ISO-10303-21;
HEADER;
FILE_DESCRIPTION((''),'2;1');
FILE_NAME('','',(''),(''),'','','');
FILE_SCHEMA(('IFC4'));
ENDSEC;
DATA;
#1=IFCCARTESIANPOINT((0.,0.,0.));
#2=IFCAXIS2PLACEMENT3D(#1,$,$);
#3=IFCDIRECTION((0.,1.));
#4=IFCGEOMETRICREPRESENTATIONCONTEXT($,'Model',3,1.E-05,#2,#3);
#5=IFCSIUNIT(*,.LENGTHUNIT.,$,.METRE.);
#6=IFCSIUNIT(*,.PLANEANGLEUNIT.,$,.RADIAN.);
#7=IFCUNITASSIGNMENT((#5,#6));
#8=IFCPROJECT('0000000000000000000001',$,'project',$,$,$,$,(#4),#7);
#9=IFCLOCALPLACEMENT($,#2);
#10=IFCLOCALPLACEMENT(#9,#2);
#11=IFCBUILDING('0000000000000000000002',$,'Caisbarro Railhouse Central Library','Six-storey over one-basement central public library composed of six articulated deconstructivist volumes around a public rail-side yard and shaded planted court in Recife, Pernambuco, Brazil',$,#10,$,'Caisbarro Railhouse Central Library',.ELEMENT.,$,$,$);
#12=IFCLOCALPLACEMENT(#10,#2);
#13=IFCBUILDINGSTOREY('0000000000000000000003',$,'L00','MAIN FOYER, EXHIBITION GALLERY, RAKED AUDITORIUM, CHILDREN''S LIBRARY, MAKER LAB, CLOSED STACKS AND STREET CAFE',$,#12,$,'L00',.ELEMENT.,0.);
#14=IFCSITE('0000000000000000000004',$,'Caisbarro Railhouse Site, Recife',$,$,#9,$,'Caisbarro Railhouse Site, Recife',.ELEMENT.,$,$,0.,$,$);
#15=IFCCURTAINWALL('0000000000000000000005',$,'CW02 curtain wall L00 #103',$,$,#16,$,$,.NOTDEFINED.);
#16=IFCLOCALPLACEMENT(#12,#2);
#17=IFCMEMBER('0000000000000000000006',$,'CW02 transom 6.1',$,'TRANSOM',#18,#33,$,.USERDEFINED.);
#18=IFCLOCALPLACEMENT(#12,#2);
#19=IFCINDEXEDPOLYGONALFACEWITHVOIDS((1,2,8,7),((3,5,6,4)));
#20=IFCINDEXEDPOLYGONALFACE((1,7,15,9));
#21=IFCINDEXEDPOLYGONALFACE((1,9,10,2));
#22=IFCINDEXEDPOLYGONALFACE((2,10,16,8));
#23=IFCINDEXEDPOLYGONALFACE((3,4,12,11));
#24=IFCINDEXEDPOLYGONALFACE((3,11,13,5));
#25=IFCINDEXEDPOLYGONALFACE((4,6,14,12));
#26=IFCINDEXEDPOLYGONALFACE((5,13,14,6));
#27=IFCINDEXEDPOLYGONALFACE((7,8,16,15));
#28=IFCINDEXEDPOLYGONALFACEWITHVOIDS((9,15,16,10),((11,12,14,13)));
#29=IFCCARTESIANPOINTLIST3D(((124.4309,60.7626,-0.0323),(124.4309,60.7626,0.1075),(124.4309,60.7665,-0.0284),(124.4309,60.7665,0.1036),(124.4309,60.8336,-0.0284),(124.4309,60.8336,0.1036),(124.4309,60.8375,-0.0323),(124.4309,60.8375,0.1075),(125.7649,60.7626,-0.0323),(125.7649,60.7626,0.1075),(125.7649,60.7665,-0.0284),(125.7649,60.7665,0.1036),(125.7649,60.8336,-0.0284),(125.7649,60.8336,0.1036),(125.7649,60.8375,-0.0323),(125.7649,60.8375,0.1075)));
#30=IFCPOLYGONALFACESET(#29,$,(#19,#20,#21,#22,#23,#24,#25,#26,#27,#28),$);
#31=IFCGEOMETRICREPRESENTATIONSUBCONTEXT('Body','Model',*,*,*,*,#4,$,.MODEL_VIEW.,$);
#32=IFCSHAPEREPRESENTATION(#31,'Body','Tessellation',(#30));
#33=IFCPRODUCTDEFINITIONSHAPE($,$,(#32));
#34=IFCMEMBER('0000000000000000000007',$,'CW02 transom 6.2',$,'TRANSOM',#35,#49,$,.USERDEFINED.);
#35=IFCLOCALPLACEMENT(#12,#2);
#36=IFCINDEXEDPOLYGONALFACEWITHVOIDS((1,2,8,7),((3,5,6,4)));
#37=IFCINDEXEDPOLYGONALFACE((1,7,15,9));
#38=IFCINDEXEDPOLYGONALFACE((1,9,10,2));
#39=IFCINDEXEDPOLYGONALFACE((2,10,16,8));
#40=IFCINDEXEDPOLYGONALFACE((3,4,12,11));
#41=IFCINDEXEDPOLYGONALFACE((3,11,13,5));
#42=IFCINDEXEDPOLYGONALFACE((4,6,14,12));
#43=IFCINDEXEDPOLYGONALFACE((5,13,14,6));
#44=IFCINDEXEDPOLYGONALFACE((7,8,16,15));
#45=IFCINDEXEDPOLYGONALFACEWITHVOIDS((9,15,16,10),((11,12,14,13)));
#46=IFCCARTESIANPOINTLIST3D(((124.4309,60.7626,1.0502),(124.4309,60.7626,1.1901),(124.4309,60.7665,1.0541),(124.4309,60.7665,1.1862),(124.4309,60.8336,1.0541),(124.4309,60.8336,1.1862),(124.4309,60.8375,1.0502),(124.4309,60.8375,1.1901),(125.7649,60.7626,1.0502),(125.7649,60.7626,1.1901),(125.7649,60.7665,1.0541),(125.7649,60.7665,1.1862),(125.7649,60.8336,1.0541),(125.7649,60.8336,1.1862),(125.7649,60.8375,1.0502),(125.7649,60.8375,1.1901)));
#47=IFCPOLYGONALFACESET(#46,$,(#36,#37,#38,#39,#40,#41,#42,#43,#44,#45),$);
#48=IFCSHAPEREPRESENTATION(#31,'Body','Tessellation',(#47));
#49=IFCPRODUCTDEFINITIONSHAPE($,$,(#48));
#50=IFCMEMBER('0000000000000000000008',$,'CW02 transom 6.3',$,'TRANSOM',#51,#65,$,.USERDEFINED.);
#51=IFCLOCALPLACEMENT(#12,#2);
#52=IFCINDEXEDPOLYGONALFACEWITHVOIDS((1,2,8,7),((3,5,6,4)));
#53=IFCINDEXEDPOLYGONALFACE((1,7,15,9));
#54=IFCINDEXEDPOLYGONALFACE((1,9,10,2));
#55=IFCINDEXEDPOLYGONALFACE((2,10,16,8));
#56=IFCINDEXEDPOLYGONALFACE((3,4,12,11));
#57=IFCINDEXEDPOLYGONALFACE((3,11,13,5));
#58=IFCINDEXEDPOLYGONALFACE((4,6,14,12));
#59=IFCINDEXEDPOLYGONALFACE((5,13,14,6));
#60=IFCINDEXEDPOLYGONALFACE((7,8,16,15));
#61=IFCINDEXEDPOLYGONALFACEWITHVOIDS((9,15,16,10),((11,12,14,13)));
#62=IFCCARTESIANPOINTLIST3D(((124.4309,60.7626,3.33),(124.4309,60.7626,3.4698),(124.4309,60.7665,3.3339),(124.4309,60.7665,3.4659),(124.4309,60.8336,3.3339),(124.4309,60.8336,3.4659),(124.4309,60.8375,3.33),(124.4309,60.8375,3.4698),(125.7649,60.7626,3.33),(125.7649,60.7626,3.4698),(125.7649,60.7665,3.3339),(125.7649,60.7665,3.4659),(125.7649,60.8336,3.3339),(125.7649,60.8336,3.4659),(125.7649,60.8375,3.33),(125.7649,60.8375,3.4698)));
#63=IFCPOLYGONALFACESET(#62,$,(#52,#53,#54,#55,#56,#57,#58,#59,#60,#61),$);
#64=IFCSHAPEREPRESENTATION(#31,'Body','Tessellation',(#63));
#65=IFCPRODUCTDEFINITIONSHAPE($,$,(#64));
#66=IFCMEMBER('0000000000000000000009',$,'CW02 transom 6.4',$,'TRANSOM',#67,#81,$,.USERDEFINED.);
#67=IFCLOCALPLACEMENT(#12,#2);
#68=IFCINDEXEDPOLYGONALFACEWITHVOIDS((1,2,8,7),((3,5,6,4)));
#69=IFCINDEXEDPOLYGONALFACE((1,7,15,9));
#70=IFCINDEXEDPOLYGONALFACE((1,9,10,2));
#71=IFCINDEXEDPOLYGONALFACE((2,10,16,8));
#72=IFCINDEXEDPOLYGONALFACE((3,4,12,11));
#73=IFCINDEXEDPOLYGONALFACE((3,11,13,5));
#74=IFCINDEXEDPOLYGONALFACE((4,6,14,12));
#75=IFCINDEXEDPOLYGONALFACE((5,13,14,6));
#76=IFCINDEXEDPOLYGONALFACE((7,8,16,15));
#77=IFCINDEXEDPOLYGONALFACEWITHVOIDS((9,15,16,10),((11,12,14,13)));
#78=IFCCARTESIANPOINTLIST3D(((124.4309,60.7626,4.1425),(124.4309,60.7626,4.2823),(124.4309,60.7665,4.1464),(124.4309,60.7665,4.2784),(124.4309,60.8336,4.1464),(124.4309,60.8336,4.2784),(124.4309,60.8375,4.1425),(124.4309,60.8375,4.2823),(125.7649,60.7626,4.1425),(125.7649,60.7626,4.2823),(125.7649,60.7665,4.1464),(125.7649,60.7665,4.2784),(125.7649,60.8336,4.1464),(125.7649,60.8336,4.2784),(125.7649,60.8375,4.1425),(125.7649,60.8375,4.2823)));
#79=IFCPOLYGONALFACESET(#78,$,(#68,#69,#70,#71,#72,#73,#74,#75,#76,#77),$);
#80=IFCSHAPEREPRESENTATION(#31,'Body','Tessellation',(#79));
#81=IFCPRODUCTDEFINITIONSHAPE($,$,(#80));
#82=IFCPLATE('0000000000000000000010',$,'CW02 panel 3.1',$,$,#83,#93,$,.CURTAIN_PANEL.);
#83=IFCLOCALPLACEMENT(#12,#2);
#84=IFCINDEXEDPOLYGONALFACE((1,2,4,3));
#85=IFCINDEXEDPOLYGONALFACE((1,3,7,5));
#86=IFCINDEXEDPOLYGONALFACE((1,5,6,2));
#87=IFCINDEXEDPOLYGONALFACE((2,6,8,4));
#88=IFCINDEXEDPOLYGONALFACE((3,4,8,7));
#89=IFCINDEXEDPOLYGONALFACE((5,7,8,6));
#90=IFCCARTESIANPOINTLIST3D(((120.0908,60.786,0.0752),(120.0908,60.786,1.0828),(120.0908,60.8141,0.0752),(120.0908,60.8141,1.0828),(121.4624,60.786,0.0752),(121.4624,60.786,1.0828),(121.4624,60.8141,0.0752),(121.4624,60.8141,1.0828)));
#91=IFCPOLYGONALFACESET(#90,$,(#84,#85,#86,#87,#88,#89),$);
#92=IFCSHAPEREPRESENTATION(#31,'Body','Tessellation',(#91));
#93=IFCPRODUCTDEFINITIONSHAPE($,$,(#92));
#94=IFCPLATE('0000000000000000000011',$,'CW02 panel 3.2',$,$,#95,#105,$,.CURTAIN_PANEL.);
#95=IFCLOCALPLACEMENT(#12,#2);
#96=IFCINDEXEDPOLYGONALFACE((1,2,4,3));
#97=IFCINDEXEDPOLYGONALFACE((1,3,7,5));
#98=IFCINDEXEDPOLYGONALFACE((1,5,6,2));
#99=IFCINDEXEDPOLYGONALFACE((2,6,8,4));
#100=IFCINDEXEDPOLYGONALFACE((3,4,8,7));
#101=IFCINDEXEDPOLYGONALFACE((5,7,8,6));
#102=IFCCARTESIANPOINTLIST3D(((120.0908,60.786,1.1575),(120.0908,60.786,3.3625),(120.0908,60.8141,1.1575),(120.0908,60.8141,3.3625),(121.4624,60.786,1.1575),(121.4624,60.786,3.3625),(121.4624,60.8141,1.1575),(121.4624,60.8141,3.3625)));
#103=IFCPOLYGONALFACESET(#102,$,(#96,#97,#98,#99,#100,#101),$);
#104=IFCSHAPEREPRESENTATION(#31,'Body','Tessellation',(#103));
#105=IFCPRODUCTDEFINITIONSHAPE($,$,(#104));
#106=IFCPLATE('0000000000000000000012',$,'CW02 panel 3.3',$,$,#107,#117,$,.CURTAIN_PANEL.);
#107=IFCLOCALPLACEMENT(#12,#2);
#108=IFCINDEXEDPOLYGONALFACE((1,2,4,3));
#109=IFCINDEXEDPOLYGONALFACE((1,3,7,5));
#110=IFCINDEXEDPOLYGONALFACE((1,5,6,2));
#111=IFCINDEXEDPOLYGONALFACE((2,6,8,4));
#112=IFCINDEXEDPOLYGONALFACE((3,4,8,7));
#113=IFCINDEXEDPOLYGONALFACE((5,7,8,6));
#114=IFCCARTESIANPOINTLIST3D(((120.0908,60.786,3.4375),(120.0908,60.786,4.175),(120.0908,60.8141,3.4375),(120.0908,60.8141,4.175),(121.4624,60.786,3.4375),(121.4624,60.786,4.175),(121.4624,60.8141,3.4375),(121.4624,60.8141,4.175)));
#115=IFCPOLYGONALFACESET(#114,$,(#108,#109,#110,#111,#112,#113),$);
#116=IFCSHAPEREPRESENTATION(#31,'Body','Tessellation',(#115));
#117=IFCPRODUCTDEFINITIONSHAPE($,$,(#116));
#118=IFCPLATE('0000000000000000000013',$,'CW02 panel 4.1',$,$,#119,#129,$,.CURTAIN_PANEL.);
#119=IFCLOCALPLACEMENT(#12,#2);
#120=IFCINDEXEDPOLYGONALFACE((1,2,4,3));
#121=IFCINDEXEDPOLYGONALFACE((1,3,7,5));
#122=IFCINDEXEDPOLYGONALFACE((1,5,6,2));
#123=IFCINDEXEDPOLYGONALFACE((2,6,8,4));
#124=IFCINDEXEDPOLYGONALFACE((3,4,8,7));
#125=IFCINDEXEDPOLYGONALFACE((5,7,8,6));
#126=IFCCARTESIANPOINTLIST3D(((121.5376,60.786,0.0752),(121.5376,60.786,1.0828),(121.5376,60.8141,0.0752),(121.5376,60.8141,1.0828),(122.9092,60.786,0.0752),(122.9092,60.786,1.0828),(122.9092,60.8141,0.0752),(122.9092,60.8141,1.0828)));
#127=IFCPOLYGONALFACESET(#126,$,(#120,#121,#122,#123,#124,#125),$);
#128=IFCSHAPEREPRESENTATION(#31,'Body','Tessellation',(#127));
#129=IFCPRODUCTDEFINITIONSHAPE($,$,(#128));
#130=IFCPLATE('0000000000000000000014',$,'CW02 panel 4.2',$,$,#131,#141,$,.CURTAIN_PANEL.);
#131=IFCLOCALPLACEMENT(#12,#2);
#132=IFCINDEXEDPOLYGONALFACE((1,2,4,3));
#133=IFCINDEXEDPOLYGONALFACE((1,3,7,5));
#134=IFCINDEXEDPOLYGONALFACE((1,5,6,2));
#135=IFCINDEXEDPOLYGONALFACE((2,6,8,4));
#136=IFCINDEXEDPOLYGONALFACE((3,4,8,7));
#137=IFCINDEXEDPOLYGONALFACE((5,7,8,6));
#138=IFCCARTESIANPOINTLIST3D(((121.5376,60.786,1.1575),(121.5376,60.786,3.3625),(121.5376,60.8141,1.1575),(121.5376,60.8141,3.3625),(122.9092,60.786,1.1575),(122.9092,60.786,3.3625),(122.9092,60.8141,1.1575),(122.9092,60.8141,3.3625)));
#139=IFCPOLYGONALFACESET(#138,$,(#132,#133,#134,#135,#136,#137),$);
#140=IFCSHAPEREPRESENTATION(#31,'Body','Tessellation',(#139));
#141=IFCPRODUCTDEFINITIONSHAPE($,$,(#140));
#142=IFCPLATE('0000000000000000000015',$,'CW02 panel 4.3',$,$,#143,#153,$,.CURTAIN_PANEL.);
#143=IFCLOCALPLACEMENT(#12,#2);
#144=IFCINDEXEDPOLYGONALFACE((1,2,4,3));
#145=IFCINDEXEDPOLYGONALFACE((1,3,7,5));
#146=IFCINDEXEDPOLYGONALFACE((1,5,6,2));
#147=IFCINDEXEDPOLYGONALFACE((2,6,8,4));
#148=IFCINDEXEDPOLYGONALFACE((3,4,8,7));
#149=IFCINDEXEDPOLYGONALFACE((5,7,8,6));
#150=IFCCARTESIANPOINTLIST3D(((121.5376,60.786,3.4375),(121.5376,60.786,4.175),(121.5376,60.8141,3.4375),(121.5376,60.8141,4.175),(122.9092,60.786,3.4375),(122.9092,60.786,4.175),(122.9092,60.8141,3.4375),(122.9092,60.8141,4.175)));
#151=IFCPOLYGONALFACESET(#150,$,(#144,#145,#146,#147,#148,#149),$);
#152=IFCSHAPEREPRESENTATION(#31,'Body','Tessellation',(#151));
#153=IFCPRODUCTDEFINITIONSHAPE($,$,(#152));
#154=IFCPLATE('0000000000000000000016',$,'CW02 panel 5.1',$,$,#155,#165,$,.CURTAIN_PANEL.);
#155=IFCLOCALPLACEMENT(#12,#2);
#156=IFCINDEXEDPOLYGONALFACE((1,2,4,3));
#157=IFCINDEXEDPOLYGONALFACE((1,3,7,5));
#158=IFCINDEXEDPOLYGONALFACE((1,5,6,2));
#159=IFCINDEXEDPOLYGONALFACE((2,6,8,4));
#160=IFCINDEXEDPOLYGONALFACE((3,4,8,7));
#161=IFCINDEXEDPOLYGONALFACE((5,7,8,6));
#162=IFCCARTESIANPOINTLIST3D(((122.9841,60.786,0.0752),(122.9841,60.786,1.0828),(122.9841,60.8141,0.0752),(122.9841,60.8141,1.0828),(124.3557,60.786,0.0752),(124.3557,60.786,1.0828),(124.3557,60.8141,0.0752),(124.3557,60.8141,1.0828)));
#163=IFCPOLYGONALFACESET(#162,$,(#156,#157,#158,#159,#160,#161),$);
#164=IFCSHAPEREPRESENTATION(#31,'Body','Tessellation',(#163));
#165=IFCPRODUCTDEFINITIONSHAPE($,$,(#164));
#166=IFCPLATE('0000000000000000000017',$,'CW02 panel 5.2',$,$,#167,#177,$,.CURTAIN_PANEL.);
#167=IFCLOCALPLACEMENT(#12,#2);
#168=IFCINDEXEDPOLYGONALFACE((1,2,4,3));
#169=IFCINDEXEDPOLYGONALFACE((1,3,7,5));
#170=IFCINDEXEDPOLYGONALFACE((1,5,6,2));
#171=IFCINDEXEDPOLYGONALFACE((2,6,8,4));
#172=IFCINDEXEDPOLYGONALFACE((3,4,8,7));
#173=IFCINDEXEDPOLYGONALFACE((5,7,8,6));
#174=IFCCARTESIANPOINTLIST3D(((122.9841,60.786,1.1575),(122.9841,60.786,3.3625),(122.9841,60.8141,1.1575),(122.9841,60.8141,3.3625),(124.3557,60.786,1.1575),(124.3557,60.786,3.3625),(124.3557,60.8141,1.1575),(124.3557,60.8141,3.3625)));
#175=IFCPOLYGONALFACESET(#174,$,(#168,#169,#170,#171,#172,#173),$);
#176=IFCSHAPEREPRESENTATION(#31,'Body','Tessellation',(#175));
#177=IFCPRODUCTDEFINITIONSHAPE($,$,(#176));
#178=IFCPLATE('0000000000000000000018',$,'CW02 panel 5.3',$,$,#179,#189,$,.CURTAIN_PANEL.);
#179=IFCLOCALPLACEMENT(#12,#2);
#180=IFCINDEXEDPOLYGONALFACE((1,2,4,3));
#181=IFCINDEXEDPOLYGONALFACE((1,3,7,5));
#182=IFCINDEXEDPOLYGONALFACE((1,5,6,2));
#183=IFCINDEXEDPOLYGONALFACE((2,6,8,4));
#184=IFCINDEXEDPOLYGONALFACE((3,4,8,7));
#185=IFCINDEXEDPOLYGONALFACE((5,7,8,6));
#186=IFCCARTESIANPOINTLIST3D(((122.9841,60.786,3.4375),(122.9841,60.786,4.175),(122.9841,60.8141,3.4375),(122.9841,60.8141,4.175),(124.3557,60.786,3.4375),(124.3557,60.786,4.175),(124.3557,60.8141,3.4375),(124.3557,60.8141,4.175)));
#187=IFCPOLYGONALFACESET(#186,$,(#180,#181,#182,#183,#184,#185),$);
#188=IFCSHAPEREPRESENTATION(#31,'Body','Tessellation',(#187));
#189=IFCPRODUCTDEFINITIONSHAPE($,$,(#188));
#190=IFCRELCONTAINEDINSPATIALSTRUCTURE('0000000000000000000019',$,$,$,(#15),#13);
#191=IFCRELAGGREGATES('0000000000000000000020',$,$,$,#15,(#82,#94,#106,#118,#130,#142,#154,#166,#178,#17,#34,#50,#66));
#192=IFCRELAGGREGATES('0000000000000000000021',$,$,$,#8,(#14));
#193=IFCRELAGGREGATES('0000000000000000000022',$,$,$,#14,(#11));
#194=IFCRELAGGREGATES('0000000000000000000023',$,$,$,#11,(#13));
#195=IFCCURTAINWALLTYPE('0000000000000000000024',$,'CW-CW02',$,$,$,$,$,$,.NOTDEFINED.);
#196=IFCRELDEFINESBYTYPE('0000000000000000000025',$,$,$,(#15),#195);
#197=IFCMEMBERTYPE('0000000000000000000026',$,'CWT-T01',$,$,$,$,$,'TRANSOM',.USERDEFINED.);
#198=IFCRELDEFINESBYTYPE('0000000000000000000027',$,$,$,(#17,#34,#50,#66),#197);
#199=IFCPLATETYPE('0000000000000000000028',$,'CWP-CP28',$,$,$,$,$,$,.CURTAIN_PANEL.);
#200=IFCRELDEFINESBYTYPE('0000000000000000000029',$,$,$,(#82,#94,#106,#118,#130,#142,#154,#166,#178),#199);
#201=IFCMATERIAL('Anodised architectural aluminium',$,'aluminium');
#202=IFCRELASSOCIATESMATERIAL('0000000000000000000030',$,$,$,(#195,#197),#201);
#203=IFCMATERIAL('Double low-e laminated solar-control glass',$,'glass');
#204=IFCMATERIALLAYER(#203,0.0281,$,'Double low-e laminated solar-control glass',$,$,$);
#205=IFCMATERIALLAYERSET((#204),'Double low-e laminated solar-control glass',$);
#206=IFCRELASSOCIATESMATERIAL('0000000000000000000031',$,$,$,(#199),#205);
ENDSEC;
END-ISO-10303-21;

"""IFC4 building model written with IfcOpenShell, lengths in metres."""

from ifc_helpers import new_model, si_unit, direction, frame, origin, origin_2d, place, context, subcontext, project, spatial, rectangle, hollow_rectangle, extrude, material, layer, layer_set, material_profile, profile_set, type_object, element, aggregate, save


model = new_model("IFC4")

# Units and contexts
model_context = context("Model", 3, precision=1e-05, world=origin(), true_north=direction((0.0, 1.0)))
body_context = subcontext(model_context, "Body", "Model", "MODEL_VIEW")
ifc_project = project(units=[si_unit("LENGTHUNIT", "METRE"), si_unit("PLANEANGLEUNIT", "RADIAN")], contexts=[model_context])

# Site, building, storey
site_placement = place(None, origin())
site = spatial("IfcSite", under=ifc_project, at=site_placement, Name="Caisbarro Railhouse Site, Recife", LongName="Caisbarro Railhouse Site, Recife", CompositionType="ELEMENT", RefElevation=0.0)
building_placement = place(site_placement, origin())
building = spatial("IfcBuilding", under=site, at=building_placement, Name="Caisbarro Railhouse Central Library", Description="Six-storey over one-basement central public library composed of six articulated deconstructivist volumes around a public rail-side yard and shaded planted court in Recife, Pernambuco, Brazil", LongName="Caisbarro Railhouse Central Library", CompositionType="ELEMENT")
storey_placement = place(building_placement, origin())
storey = spatial("IfcBuildingStorey", under=building, at=storey_placement, Name="L00", Description="MAIN FOYER, EXHIBITION GALLERY, RAKED AUDITORIUM, CHILDREN'S LIBRARY, MAKER LAB, CLOSED STACKS AND STREET CAFE", LongName="L00", CompositionType="ELEMENT", Elevation=0.0)

# Curtain wall, members, plates
ifc_material_1 = material(Name="Anodised architectural aluminium", Category="aluminium")
curtain_wall_type = type_object("IfcCurtainWallType", Name="CW-CW02", PredefinedType="NOTDEFINED", material=ifc_material_1)
curtain_wall_placement = place(storey_placement, origin())
curtain_wall = element("IfcCurtainWall", 1, at=curtain_wall_placement, inside=storey, type_object=curtain_wall_type, Name="CW02 curtain wall L00 #103", PredefinedType="NOTDEFINED")
ifc_material_profile_1 = material_profile(ifc_material_1, hollow_rectangle(XDim=0.075, YDim=0.1399, WallThickness=0.0039, at=origin_2d()), Name="ALU-TRN-75X140")
ifc_profile_set_1 = profile_set([ifc_material_profile_1], Name="Anodised architectural aluminium")
member_type_1 = type_object("IfcMemberType", Name="CWT-T01", ElementType="TRANSOM", PredefinedType="USERDEFINED", material=ifc_profile_set_1)
member_1_placement = place(storey_placement, frame((124.4309, 60.8, 0.0376), z_axis=(1.0, 0.0, 0.0), x_axis=(0.0, 1.0, 0.0)))
member_1 = element("IfcMember", 2, at=member_1_placement, type_object=member_type_1, Name="CW02 transom 6.1", ObjectType="TRANSOM", PredefinedType="USERDEFINED", context=body_context, shape_type="SweptSolid", body=[
    extrude(hollow_rectangle(XDim=0.075, YDim=0.1399, WallThickness=0.0039, at=origin_2d()), origin(), (0.0, 0.0, 1.0), 1.334),
])
member_2_placement = place(storey_placement, frame((124.4309, 60.8, 1.1201), z_axis=(1.0, 0.0, 0.0), x_axis=(0.0, 1.0, 0.0)))
member_2 = element("IfcMember", 3, at=member_2_placement, type_object=member_type_1, Name="CW02 transom 6.2", ObjectType="TRANSOM", PredefinedType="USERDEFINED", context=body_context, shape_type="SweptSolid", body=[
    extrude(hollow_rectangle(XDim=0.075, YDim=0.1399, WallThickness=0.0039, at=origin_2d()), origin(), (0.0, 0.0, 1.0), 1.334),
])
member_3_placement = place(storey_placement, frame((124.4309, 60.8, 3.3999), z_axis=(1.0, 0.0, 0.0), x_axis=(0.0, 1.0, 0.0)))
member_3 = element("IfcMember", 4, at=member_3_placement, type_object=member_type_1, Name="CW02 transom 6.3", ObjectType="TRANSOM", PredefinedType="USERDEFINED", context=body_context, shape_type="SweptSolid", body=[
    extrude(hollow_rectangle(XDim=0.075, YDim=0.1399, WallThickness=0.0039, at=origin_2d()), origin(), (0.0, 0.0, 1.0), 1.334),
])
member_4_placement = place(storey_placement, frame((124.4309, 60.8, 4.2124), z_axis=(1.0, 0.0, 0.0), x_axis=(0.0, 1.0, 0.0)))
member_4 = element("IfcMember", 5, at=member_4_placement, type_object=member_type_1, Name="CW02 transom 6.4", ObjectType="TRANSOM", PredefinedType="USERDEFINED", context=body_context, shape_type="SweptSolid", body=[
    extrude(hollow_rectangle(XDim=0.075, YDim=0.1399, WallThickness=0.0039, at=origin_2d()), origin(), (0.0, 0.0, 1.0), 1.334),
])
ifc_material_2 = material(Name="Double low-e laminated solar-control glass", Category="glass")
ifc_layer = layer(ifc_material_2, 0.0281, Name="Double low-e laminated solar-control glass")
ifc_layer_set = layer_set([ifc_layer], Name="Double low-e laminated solar-control glass")
plate_type = type_object("IfcPlateType", Name="CWP-CP28", PredefinedType="CURTAIN_PANEL", material=ifc_layer_set)
plate_1_placement = place(storey_placement, frame((120.7766, 60.8, 0.0752), z_axis=(0.0, 0.0, 1.0), x_axis=(1.0, 0.0, 0.0)))
plate_1 = element("IfcPlate", 6, at=plate_1_placement, type_object=plate_type, Name="CW02 panel 3.1", PredefinedType="CURTAIN_PANEL", context=body_context, shape_type="SweptSolid", body=[
    extrude(rectangle(XDim=1.3716, YDim=0.0281, at=origin_2d()), origin(), (0.0, 0.0, 1.0), 1.0076),
])
plate_2_placement = place(storey_placement, frame((120.7766, 60.8, 1.1575), z_axis=(0.0, 0.0, 1.0), x_axis=(1.0, 0.0, 0.0)))
plate_2 = element("IfcPlate", 7, at=plate_2_placement, type_object=plate_type, Name="CW02 panel 3.2", PredefinedType="CURTAIN_PANEL", context=body_context, shape_type="SweptSolid", body=[
    extrude(rectangle(XDim=1.3716, YDim=0.0281, at=origin_2d()), origin(), (0.0, 0.0, 1.0), 2.2051),
])
plate_3_placement = place(storey_placement, frame((120.7766, 60.8, 3.4375), z_axis=(0.0, 0.0, 1.0), x_axis=(1.0, 0.0, 0.0)))
plate_3 = element("IfcPlate", 8, at=plate_3_placement, type_object=plate_type, Name="CW02 panel 3.3", PredefinedType="CURTAIN_PANEL", context=body_context, shape_type="SweptSolid", body=[
    extrude(rectangle(XDim=1.3716, YDim=0.0281, at=origin_2d()), origin(), (0.0, 0.0, 1.0), 0.7375),
])
plate_4_placement = place(storey_placement, frame((122.2234, 60.8, 0.0752), z_axis=(0.0, 0.0, 1.0), x_axis=(1.0, 0.0, 0.0)))
plate_4 = element("IfcPlate", 9, at=plate_4_placement, type_object=plate_type, Name="CW02 panel 4.1", PredefinedType="CURTAIN_PANEL", context=body_context, shape_type="SweptSolid", body=[
    extrude(rectangle(XDim=1.3716, YDim=0.0281, at=origin_2d()), origin(), (0.0, 0.0, 1.0), 1.0076),
])
plate_5_placement = place(storey_placement, frame((122.2234, 60.8, 1.1575), z_axis=(0.0, 0.0, 1.0), x_axis=(1.0, 0.0, 0.0)))
plate_5 = element("IfcPlate", 10, at=plate_5_placement, type_object=plate_type, Name="CW02 panel 4.2", PredefinedType="CURTAIN_PANEL", context=body_context, shape_type="SweptSolid", body=[
    extrude(rectangle(XDim=1.3716, YDim=0.0281, at=origin_2d()), origin(), (0.0, 0.0, 1.0), 2.2051),
])
plate_6_placement = place(storey_placement, frame((122.2234, 60.8, 3.4375), z_axis=(0.0, 0.0, 1.0), x_axis=(1.0, 0.0, 0.0)))
plate_6 = element("IfcPlate", 11, at=plate_6_placement, type_object=plate_type, Name="CW02 panel 4.3", PredefinedType="CURTAIN_PANEL", context=body_context, shape_type="SweptSolid", body=[
    extrude(rectangle(XDim=1.3716, YDim=0.0281, at=origin_2d()), origin(), (0.0, 0.0, 1.0), 0.7375),
])
plate_7_placement = place(storey_placement, frame((123.6699, 60.8, 0.0752), z_axis=(0.0, 0.0, 1.0), x_axis=(1.0, 0.0, 0.0)))
plate_7 = element("IfcPlate", 12, at=plate_7_placement, type_object=plate_type, Name="CW02 panel 5.1", PredefinedType="CURTAIN_PANEL", context=body_context, shape_type="SweptSolid", body=[
    extrude(rectangle(XDim=1.3716, YDim=0.0281, at=origin_2d()), origin(), (0.0, 0.0, 1.0), 1.0076),
])
plate_8_placement = place(storey_placement, frame((123.6699, 60.8, 1.1575), z_axis=(0.0, 0.0, 1.0), x_axis=(1.0, 0.0, 0.0)))
plate_8 = element("IfcPlate", 13, at=plate_8_placement, type_object=plate_type, Name="CW02 panel 5.2", PredefinedType="CURTAIN_PANEL", context=body_context, shape_type="SweptSolid", body=[
    extrude(rectangle(XDim=1.3716, YDim=0.0281, at=origin_2d()), origin(), (0.0, 0.0, 1.0), 2.2051),
])
plate_9_placement = place(storey_placement, frame((123.6699, 60.8, 3.4375), z_axis=(0.0, 0.0, 1.0), x_axis=(1.0, 0.0, 0.0)))
plate_9 = element("IfcPlate", 14, at=plate_9_placement, type_object=plate_type, Name="CW02 panel 5.3", PredefinedType="CURTAIN_PANEL", context=body_context, shape_type="SweptSolid", body=[
    extrude(rectangle(XDim=1.3716, YDim=0.0281, at=origin_2d()), origin(), (0.0, 0.0, 1.0), 0.7375),
])
aggregate(curtain_wall, [plate_1, plate_2, plate_3, plate_4, plate_5, plate_6, plate_7, plate_8, plate_9, member_1, member_2, member_3, member_4])

save(model, "model.ifc")
